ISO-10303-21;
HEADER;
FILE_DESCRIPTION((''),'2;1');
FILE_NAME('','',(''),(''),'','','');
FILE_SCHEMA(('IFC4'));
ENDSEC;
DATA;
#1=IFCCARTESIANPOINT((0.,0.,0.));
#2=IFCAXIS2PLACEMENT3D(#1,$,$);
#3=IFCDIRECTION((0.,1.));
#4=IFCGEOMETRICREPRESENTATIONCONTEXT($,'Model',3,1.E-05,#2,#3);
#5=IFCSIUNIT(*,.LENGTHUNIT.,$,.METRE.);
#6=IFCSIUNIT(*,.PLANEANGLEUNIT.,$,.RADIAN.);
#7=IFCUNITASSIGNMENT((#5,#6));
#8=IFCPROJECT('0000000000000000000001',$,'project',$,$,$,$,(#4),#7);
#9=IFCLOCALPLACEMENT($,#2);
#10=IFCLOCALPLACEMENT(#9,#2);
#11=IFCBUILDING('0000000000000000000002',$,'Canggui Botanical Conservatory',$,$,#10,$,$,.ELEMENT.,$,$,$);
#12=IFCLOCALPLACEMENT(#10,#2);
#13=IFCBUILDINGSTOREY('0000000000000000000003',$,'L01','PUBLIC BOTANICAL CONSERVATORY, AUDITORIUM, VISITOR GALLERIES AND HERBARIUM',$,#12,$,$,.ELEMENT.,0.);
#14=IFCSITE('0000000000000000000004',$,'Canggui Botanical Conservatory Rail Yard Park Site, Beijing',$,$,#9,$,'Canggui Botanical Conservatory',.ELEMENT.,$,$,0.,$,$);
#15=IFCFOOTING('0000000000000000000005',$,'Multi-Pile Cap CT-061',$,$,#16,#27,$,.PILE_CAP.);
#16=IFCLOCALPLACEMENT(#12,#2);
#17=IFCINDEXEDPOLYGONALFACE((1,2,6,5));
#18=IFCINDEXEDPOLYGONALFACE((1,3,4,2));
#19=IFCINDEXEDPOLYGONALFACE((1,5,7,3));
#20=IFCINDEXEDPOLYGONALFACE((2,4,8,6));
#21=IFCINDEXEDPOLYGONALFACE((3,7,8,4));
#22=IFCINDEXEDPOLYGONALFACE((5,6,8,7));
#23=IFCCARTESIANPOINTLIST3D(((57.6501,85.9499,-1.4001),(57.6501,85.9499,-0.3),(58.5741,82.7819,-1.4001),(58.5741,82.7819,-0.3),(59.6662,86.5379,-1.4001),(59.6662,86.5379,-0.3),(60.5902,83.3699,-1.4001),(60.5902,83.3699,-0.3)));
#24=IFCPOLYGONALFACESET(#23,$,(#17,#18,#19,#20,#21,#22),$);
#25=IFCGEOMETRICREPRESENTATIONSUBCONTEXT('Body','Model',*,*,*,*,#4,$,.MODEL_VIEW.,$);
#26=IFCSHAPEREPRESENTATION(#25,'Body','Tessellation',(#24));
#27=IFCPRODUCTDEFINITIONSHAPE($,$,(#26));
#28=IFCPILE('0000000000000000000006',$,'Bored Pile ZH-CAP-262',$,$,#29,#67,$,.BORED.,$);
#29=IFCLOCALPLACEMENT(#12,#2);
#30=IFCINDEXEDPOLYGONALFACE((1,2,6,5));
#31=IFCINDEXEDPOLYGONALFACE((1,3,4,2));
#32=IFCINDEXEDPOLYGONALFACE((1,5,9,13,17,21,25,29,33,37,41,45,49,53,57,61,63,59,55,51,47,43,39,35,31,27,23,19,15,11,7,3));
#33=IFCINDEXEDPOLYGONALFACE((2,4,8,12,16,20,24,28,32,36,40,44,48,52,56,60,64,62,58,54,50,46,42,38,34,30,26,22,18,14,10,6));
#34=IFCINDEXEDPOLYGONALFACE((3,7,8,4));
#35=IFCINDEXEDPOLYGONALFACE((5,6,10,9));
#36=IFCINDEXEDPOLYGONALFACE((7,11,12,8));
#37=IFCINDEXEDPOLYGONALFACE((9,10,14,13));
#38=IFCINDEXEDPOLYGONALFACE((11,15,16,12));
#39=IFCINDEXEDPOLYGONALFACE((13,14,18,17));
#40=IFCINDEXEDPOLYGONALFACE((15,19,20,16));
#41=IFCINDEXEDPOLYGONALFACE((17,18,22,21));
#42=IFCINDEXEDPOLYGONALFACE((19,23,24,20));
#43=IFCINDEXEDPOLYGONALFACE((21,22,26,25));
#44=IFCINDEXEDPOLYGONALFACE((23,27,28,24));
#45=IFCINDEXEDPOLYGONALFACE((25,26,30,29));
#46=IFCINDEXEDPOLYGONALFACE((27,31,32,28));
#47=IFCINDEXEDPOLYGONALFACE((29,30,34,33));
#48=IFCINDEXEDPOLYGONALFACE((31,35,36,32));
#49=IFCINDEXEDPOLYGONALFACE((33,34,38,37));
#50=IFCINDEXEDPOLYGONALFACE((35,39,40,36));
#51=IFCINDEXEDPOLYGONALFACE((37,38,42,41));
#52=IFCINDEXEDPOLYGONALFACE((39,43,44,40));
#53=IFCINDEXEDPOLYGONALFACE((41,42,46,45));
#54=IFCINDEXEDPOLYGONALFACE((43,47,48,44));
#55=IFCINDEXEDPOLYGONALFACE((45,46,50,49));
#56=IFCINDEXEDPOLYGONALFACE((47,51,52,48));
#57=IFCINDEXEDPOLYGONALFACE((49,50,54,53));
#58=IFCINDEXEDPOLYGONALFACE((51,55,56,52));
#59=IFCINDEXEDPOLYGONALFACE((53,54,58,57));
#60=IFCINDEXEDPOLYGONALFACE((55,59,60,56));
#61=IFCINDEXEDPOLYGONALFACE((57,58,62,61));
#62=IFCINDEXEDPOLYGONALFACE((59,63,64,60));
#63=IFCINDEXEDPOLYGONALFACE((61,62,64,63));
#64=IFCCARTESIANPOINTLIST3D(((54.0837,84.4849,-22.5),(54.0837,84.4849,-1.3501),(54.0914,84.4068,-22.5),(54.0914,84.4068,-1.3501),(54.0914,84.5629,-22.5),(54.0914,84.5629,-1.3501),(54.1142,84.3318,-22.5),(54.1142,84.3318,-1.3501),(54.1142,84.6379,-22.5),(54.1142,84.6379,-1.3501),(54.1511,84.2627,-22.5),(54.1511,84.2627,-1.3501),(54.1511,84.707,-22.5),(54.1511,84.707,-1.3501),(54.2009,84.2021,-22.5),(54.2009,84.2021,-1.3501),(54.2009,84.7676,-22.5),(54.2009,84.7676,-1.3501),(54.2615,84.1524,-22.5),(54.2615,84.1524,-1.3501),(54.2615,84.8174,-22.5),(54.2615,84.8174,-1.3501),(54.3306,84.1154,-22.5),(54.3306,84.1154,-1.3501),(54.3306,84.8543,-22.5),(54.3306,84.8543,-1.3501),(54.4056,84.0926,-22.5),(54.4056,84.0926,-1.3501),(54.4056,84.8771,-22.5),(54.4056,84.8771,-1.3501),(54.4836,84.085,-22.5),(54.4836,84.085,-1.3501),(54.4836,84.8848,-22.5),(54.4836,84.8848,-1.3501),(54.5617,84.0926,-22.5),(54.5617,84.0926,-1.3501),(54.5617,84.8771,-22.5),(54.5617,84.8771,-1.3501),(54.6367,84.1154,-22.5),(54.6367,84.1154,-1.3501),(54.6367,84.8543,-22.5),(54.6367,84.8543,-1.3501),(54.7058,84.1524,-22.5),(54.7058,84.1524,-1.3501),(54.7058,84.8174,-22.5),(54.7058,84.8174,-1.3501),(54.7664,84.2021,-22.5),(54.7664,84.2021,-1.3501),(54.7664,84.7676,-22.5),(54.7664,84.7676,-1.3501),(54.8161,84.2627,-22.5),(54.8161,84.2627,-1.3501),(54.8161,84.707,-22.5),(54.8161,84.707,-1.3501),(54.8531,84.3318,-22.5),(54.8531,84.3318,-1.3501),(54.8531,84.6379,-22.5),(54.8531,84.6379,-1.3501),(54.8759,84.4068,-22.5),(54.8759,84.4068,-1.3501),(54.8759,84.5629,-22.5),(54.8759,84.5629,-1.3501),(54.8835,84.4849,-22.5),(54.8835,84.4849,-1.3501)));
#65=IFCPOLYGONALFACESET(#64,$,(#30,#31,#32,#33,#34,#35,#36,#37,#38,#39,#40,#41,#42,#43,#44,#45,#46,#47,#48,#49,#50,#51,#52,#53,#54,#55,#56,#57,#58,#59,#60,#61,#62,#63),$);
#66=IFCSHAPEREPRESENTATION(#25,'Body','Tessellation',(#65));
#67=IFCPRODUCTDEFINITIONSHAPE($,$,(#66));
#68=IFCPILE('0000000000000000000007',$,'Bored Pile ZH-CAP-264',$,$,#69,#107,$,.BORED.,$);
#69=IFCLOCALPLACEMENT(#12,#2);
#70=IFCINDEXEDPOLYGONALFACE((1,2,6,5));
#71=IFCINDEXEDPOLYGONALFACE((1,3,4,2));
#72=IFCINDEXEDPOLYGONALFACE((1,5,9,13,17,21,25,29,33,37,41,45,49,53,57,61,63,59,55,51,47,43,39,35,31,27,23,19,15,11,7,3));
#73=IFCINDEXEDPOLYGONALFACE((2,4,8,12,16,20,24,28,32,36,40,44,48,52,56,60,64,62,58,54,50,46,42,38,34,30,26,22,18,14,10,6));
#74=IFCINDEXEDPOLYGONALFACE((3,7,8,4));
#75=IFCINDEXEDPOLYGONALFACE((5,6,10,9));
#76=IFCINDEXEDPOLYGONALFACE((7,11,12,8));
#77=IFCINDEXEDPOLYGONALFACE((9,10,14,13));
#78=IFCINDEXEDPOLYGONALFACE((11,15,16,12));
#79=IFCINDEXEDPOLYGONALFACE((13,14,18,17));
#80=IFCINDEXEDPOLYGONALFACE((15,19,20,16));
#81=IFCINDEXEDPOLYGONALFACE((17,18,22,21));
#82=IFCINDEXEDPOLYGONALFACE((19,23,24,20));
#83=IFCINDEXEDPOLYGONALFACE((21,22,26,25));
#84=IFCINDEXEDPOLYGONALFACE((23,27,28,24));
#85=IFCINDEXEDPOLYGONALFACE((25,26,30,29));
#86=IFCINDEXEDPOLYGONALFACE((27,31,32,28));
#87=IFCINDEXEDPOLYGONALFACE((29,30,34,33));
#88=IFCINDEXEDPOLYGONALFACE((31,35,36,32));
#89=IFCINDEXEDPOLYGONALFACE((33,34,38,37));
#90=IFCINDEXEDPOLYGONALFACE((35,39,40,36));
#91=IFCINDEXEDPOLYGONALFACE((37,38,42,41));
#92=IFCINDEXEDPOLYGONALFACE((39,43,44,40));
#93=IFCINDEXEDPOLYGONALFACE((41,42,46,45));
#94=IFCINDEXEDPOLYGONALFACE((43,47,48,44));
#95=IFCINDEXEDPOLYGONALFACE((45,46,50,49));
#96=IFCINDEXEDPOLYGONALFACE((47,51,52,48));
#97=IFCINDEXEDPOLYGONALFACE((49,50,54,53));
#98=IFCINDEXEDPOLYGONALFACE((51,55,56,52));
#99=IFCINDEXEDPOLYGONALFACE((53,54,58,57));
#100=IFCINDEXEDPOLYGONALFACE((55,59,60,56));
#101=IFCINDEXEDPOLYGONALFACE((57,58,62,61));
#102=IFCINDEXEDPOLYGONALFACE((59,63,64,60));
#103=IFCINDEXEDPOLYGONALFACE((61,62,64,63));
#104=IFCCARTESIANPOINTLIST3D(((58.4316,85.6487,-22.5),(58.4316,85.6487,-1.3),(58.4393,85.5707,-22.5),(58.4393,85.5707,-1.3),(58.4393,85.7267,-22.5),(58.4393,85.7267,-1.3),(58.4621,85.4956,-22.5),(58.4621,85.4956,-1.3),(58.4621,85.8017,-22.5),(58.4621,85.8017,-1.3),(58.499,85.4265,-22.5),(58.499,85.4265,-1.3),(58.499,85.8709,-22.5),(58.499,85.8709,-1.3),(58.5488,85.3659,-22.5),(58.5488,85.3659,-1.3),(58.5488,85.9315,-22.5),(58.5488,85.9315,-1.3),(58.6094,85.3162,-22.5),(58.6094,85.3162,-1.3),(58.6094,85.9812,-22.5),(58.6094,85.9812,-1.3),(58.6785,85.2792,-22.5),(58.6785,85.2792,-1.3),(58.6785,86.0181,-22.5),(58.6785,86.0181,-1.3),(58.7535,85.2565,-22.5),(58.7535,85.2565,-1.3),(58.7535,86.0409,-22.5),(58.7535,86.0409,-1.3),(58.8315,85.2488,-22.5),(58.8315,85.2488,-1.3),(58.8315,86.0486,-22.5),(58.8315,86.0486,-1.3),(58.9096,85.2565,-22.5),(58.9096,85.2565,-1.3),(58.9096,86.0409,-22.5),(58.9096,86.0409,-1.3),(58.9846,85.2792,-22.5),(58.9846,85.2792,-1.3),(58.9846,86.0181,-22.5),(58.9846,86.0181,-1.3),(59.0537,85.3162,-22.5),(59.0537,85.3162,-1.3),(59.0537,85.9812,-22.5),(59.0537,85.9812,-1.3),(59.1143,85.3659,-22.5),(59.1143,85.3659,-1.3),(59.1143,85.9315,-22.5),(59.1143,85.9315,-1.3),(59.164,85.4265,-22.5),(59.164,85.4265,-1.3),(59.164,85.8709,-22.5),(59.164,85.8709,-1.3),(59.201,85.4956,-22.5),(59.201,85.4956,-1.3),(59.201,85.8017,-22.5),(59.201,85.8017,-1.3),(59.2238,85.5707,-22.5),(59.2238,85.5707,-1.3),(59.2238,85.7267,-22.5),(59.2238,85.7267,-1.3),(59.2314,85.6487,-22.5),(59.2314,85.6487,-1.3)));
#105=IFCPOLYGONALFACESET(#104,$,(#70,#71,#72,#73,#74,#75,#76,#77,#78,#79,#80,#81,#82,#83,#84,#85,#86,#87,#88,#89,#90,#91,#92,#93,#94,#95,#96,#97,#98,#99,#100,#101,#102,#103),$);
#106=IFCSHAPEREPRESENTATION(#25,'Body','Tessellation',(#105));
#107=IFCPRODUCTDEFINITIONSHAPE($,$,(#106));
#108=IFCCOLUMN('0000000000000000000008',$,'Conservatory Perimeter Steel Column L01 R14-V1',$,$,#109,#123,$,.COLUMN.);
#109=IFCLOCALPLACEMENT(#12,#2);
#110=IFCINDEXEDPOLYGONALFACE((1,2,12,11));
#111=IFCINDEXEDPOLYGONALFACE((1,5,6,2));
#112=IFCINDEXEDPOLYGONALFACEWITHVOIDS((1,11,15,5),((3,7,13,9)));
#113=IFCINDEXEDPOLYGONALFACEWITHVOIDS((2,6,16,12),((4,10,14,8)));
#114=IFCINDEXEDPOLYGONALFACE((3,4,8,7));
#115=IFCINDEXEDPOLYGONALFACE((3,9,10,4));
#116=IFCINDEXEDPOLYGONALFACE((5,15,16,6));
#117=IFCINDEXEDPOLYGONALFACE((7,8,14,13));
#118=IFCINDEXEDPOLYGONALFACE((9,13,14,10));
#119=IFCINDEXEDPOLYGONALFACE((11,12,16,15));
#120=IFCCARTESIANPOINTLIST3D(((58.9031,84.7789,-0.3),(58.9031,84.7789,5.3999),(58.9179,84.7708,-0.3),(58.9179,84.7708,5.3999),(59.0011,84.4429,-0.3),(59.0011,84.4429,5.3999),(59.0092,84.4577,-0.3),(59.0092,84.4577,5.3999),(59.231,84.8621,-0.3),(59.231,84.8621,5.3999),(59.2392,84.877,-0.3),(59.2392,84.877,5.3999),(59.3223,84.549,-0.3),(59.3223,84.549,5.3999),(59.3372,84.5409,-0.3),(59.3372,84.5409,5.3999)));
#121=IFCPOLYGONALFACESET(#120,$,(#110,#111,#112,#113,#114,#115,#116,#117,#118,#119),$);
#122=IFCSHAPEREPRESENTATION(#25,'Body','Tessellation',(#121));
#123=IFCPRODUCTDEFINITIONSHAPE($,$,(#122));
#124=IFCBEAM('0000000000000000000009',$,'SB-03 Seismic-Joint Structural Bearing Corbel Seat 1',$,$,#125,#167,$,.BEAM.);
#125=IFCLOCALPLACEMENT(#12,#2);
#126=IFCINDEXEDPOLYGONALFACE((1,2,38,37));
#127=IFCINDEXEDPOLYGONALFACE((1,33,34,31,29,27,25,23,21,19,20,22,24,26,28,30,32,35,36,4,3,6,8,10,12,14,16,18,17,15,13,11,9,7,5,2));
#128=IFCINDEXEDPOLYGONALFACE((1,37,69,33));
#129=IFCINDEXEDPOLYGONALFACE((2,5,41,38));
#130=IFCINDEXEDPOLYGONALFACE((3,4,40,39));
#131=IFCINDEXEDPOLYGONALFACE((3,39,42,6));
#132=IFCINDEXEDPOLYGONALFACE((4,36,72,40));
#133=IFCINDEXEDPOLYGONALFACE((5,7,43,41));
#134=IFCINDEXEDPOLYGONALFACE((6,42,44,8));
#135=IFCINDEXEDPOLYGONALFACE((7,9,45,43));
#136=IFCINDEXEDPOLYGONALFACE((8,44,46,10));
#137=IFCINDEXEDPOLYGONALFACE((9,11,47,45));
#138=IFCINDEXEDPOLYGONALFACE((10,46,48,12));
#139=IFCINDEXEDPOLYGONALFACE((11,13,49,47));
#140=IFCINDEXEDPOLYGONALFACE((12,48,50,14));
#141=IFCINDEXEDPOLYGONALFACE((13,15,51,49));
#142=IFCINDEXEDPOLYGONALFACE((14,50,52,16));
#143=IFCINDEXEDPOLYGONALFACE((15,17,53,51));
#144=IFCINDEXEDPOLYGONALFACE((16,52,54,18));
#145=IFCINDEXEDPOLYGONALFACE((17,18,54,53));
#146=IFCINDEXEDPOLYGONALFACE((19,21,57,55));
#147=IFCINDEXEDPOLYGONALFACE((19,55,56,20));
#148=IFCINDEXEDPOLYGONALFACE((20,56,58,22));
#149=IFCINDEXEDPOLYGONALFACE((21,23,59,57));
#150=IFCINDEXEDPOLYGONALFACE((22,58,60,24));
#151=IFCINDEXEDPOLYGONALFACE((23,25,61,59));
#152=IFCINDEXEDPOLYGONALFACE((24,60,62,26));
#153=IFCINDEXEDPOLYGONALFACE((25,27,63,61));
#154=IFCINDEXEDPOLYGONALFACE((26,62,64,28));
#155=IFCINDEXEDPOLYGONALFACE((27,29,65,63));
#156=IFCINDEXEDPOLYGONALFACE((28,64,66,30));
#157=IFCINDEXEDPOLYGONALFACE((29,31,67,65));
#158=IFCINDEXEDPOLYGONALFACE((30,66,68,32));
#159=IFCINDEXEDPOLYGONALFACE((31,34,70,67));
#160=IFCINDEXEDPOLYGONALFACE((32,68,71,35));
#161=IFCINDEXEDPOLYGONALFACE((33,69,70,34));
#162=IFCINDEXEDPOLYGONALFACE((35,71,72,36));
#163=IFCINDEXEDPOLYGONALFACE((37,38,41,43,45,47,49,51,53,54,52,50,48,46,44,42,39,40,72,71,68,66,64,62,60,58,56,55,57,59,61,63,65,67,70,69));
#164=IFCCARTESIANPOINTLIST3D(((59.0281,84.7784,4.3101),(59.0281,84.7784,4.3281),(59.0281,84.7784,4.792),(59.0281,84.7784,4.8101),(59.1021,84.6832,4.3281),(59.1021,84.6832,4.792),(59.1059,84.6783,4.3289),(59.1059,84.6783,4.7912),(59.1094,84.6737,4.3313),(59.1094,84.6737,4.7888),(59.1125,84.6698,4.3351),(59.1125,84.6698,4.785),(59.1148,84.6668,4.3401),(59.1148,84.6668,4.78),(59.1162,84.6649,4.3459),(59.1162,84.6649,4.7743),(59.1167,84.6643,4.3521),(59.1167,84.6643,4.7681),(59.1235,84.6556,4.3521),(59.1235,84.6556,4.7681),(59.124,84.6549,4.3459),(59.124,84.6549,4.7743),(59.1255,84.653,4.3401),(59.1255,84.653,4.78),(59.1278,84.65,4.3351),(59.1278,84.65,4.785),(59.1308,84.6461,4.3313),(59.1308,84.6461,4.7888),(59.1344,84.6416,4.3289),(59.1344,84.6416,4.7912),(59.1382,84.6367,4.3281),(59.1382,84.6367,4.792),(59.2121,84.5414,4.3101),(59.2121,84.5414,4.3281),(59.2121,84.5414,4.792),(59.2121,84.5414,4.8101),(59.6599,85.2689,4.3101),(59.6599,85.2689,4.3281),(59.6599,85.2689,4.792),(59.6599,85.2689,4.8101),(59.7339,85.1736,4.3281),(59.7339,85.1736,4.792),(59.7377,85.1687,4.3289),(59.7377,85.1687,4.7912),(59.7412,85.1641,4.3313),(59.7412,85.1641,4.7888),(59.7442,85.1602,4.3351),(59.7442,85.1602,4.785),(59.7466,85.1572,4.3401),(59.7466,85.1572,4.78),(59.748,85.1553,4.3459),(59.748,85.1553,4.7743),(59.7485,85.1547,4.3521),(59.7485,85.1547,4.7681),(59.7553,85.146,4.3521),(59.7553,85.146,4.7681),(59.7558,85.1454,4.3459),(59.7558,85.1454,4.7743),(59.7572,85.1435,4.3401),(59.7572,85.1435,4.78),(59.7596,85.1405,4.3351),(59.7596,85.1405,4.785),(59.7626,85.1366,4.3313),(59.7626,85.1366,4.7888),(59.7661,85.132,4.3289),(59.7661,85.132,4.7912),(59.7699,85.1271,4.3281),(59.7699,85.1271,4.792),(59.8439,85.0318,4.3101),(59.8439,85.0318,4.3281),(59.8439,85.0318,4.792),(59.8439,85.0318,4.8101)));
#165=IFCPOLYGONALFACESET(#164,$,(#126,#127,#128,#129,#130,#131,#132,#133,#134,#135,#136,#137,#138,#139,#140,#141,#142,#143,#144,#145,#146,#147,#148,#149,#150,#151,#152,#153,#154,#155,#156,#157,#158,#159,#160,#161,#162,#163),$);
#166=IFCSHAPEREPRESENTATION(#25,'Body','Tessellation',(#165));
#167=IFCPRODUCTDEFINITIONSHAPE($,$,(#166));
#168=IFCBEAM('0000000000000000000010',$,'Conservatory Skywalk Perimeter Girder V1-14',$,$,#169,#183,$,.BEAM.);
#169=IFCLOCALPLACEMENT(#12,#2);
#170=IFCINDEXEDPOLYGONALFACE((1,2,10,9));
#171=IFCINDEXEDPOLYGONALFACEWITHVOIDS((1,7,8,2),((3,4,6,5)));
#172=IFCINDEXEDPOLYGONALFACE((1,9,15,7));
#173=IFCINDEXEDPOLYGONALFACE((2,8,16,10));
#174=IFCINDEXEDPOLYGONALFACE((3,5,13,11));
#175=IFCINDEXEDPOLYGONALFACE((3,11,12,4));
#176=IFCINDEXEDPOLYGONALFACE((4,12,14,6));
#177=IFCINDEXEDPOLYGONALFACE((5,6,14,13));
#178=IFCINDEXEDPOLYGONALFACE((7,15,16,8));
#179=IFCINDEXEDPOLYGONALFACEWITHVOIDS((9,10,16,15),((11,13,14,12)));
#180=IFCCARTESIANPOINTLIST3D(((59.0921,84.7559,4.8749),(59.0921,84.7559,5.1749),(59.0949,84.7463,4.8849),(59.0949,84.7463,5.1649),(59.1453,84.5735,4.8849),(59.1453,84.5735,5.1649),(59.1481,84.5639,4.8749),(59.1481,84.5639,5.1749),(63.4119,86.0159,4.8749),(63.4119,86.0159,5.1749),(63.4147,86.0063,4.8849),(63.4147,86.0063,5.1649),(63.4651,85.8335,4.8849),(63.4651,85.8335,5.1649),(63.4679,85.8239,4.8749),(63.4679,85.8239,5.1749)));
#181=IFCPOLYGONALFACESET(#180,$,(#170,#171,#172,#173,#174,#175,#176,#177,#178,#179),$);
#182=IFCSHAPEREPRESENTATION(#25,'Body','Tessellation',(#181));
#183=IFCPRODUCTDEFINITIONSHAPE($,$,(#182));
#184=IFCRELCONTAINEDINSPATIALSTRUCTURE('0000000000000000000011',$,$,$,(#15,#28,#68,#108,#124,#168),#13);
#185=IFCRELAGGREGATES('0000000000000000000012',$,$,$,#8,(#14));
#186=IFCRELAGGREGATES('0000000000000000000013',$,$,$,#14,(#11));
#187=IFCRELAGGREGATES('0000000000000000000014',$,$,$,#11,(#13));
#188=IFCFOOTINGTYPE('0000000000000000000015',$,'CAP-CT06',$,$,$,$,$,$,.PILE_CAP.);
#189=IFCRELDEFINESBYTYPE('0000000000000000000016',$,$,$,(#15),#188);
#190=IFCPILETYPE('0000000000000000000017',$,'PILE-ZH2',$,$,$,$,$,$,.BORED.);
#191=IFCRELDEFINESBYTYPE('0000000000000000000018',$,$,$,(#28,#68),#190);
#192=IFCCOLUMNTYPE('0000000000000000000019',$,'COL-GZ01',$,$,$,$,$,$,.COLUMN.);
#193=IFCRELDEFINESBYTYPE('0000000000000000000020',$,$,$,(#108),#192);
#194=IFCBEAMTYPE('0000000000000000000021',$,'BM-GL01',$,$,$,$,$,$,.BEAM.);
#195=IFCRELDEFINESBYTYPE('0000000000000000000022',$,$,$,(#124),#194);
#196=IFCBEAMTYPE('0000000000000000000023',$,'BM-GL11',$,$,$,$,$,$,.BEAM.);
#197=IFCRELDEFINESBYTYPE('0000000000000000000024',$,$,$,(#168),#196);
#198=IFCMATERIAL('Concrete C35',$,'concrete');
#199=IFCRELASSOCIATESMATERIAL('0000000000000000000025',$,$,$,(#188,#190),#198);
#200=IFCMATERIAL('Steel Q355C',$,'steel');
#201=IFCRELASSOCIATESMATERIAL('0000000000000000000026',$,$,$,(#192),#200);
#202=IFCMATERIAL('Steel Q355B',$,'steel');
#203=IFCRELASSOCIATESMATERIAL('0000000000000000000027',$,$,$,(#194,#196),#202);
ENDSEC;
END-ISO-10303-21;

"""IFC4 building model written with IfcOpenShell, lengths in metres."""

from ifc_helpers import new_model, si_unit, direction, frame, origin, origin_2d, place, context, subcontext, project, spatial, rectangle, hollow_rectangle, circle, i_section, extrude, material, material_profile, profile_set, type_object, element, save


model = new_model("IFC4")

# Units and contexts
model_context = context("Model", 3, precision=1e-05, world=origin(), true_north=direction((0.0, 1.0)))
body_context = subcontext(model_context, "Body", "Model", "MODEL_VIEW")
ifc_project = project(units=[si_unit("LENGTHUNIT", "METRE"), si_unit("PLANEANGLEUNIT", "RADIAN")], contexts=[model_context])

# Site, building, storey
site_placement = place(None, origin())
site = spatial("IfcSite", under=ifc_project, at=site_placement, Name="Canggui Botanical Conservatory Rail Yard Park Site, Beijing", LongName="Canggui Botanical Conservatory", CompositionType="ELEMENT", RefElevation=0.0)
building_placement = place(site_placement, origin())
building = spatial("IfcBuilding", under=site, at=building_placement, Name="Canggui Botanical Conservatory", CompositionType="ELEMENT")
storey_placement = place(building_placement, origin())
storey = spatial("IfcBuildingStorey", under=building, at=storey_placement, Name="L01", Description="PUBLIC BOTANICAL CONSERVATORY, AUDITORIUM, VISITOR GALLERIES AND HERBARIUM", CompositionType="ELEMENT", Elevation=0.0)

# Footing
ifc_material_1 = material(Name="Concrete C35", Category="concrete")
footing_type = type_object("IfcFootingType", Name="CAP-CT06", PredefinedType="PILE_CAP", material=ifc_material_1)
footing_placement = place(storey_placement, frame((59.1201, 84.6599, -1.4001), z_axis=(0.0, 0.0, 1.0), x_axis=(-0.28, 0.96, 0.0)))
element("IfcFooting", 1, at=footing_placement, inside=storey, type_object=footing_type, Name="Multi-Pile Cap CT-061", PredefinedType="PILE_CAP", context=body_context, shape_type="SweptSolid", body=[
    extrude(rectangle(XDim=3.3, YDim=2.1001, at=origin_2d()), origin(), (0.0, 0.0, 1.0), 1.1001),
])

# Piles
ifc_material_profile_1 = material_profile(ifc_material_1, circle(Radius=0.3999, at=origin_2d()), Name="PILE D800")
ifc_profile_set_1 = profile_set([ifc_material_profile_1], Name="Concrete C35")
pile_type = type_object("IfcPileType", Name="PILE-ZH2", PredefinedType="BORED", material=ifc_profile_set_1)
pile_1_placement = place(storey_placement, frame((54.4836, 84.4849, -1.3501), z_axis=(0.0, 0.0, -1.0), x_axis=(1.0, 0.0, 0.0)))
element("IfcPile", 2, at=pile_1_placement, inside=storey, type_object=pile_type, Name="Bored Pile ZH-CAP-262", PredefinedType="BORED", context=body_context, shape_type="SweptSolid", body=[
    extrude(circle(Radius=0.3999, at=origin_2d()), origin(), (0.0, 0.0, 1.0), 21.1499),
])
pile_2_placement = place(storey_placement, frame((58.8315, 85.6487, -1.3), z_axis=(0.0, 0.0, -1.0), x_axis=(1.0, 0.0, 0.0)))
element("IfcPile", 3, at=pile_2_placement, inside=storey, type_object=pile_type, Name="Bored Pile ZH-CAP-264", PredefinedType="BORED", context=body_context, shape_type="SweptSolid", body=[
    extrude(circle(Radius=0.3999, at=origin_2d()), origin(), (0.0, 0.0, 1.0), 21.2),
])

# Column
ifc_material_2 = material(Name="Steel Q355C", Category="steel")
ifc_material_profile_2 = material_profile(ifc_material_2, hollow_rectangle(XDim=0.3501, YDim=0.3501, WallThickness=0.012, at=origin_2d()), Name="SHS 350x350x12")
ifc_profile_set_2 = profile_set([ifc_material_profile_2], Name="Steel Q355C")
column_type = type_object("IfcColumnType", Name="COL-GZ01", PredefinedType="COLUMN", material=ifc_profile_set_2)
column_placement = place(storey_placement, frame((59.1201, 84.6599, -0.3), z_axis=(0.0, 0.0, 1.0), x_axis=(0.96, 0.28, 0.0)))
element("IfcColumn", 4, at=column_placement, inside=storey, type_object=column_type, Name="Conservatory Perimeter Steel Column L01 R14-V1", PredefinedType="COLUMN", context=body_context, shape_type="SweptSolid", body=[
    extrude(hollow_rectangle(XDim=0.3501, YDim=0.3501, WallThickness=0.012, at=origin_2d()), origin(), (0.0, 0.0, 1.0), 5.7),
])

# Beams
ifc_material_3 = material(Name="Steel Q355B", Category="steel")
ifc_material_profile_3 = material_profile(ifc_material_3, i_section(OverallWidth=0.3, OverallDepth=0.5, WebThickness=0.011, FlangeThickness=0.0181, FilletRadius=0.0239, at=origin_2d()), Name="HM 500x300x11x18")
ifc_profile_set_3 = profile_set([ifc_material_profile_3], Name="Steel Q355B")
beam_type_1 = type_object("IfcBeamType", Name="BM-GL01", PredefinedType="BEAM", material=ifc_profile_set_3)
beam_1_placement = place(storey_placement, frame((59.1201, 84.6599, 4.5601), z_axis=(0.789927, 0.613201, 0.0), x_axis=(-0.613201, 0.789927, 0.0)))
element("IfcBeam", 5, at=beam_1_placement, inside=storey, type_object=beam_type_1, Name="SB-03 Seismic-Joint Structural Bearing Corbel Seat 1", PredefinedType="BEAM", context=body_context, shape_type="SweptSolid", body=[
    extrude(i_section(OverallWidth=0.3, OverallDepth=0.5, WebThickness=0.011, FlangeThickness=0.0181, FilletRadius=0.0239, at=origin_2d()), origin(), (0.0, 0.0, 1.0), 0.7998),
])
ifc_material_profile_4 = material_profile(ifc_material_3, hollow_rectangle(XDim=0.2, YDim=0.3, WallThickness=0.01, at=origin_2d()), Name="RHS 200x300x10")
ifc_profile_set_4 = profile_set([ifc_material_profile_4], Name="Steel Q355B")
beam_type_2 = type_object("IfcBeamType", Name="BM-GL11", PredefinedType="BEAM", material=ifc_profile_set_4)
beam_2_placement = place(storey_placement, frame((59.1201, 84.6599, 5.0249), z_axis=(0.959996, 0.280013, 0.0), x_axis=(-0.280013, 0.959996, 0.0)))
element("IfcBeam", 6, at=beam_2_placement, inside=storey, type_object=beam_type_2, Name="Conservatory Skywalk Perimeter Girder V1-14", PredefinedType="BEAM", context=body_context, shape_type="SweptSolid", body=[
    extrude(hollow_rectangle(XDim=0.2, YDim=0.3, WallThickness=0.01, at=origin_2d()), origin(), (0.0, 0.0, 1.0), 4.4998),
])

save(model, "model.ifc")
